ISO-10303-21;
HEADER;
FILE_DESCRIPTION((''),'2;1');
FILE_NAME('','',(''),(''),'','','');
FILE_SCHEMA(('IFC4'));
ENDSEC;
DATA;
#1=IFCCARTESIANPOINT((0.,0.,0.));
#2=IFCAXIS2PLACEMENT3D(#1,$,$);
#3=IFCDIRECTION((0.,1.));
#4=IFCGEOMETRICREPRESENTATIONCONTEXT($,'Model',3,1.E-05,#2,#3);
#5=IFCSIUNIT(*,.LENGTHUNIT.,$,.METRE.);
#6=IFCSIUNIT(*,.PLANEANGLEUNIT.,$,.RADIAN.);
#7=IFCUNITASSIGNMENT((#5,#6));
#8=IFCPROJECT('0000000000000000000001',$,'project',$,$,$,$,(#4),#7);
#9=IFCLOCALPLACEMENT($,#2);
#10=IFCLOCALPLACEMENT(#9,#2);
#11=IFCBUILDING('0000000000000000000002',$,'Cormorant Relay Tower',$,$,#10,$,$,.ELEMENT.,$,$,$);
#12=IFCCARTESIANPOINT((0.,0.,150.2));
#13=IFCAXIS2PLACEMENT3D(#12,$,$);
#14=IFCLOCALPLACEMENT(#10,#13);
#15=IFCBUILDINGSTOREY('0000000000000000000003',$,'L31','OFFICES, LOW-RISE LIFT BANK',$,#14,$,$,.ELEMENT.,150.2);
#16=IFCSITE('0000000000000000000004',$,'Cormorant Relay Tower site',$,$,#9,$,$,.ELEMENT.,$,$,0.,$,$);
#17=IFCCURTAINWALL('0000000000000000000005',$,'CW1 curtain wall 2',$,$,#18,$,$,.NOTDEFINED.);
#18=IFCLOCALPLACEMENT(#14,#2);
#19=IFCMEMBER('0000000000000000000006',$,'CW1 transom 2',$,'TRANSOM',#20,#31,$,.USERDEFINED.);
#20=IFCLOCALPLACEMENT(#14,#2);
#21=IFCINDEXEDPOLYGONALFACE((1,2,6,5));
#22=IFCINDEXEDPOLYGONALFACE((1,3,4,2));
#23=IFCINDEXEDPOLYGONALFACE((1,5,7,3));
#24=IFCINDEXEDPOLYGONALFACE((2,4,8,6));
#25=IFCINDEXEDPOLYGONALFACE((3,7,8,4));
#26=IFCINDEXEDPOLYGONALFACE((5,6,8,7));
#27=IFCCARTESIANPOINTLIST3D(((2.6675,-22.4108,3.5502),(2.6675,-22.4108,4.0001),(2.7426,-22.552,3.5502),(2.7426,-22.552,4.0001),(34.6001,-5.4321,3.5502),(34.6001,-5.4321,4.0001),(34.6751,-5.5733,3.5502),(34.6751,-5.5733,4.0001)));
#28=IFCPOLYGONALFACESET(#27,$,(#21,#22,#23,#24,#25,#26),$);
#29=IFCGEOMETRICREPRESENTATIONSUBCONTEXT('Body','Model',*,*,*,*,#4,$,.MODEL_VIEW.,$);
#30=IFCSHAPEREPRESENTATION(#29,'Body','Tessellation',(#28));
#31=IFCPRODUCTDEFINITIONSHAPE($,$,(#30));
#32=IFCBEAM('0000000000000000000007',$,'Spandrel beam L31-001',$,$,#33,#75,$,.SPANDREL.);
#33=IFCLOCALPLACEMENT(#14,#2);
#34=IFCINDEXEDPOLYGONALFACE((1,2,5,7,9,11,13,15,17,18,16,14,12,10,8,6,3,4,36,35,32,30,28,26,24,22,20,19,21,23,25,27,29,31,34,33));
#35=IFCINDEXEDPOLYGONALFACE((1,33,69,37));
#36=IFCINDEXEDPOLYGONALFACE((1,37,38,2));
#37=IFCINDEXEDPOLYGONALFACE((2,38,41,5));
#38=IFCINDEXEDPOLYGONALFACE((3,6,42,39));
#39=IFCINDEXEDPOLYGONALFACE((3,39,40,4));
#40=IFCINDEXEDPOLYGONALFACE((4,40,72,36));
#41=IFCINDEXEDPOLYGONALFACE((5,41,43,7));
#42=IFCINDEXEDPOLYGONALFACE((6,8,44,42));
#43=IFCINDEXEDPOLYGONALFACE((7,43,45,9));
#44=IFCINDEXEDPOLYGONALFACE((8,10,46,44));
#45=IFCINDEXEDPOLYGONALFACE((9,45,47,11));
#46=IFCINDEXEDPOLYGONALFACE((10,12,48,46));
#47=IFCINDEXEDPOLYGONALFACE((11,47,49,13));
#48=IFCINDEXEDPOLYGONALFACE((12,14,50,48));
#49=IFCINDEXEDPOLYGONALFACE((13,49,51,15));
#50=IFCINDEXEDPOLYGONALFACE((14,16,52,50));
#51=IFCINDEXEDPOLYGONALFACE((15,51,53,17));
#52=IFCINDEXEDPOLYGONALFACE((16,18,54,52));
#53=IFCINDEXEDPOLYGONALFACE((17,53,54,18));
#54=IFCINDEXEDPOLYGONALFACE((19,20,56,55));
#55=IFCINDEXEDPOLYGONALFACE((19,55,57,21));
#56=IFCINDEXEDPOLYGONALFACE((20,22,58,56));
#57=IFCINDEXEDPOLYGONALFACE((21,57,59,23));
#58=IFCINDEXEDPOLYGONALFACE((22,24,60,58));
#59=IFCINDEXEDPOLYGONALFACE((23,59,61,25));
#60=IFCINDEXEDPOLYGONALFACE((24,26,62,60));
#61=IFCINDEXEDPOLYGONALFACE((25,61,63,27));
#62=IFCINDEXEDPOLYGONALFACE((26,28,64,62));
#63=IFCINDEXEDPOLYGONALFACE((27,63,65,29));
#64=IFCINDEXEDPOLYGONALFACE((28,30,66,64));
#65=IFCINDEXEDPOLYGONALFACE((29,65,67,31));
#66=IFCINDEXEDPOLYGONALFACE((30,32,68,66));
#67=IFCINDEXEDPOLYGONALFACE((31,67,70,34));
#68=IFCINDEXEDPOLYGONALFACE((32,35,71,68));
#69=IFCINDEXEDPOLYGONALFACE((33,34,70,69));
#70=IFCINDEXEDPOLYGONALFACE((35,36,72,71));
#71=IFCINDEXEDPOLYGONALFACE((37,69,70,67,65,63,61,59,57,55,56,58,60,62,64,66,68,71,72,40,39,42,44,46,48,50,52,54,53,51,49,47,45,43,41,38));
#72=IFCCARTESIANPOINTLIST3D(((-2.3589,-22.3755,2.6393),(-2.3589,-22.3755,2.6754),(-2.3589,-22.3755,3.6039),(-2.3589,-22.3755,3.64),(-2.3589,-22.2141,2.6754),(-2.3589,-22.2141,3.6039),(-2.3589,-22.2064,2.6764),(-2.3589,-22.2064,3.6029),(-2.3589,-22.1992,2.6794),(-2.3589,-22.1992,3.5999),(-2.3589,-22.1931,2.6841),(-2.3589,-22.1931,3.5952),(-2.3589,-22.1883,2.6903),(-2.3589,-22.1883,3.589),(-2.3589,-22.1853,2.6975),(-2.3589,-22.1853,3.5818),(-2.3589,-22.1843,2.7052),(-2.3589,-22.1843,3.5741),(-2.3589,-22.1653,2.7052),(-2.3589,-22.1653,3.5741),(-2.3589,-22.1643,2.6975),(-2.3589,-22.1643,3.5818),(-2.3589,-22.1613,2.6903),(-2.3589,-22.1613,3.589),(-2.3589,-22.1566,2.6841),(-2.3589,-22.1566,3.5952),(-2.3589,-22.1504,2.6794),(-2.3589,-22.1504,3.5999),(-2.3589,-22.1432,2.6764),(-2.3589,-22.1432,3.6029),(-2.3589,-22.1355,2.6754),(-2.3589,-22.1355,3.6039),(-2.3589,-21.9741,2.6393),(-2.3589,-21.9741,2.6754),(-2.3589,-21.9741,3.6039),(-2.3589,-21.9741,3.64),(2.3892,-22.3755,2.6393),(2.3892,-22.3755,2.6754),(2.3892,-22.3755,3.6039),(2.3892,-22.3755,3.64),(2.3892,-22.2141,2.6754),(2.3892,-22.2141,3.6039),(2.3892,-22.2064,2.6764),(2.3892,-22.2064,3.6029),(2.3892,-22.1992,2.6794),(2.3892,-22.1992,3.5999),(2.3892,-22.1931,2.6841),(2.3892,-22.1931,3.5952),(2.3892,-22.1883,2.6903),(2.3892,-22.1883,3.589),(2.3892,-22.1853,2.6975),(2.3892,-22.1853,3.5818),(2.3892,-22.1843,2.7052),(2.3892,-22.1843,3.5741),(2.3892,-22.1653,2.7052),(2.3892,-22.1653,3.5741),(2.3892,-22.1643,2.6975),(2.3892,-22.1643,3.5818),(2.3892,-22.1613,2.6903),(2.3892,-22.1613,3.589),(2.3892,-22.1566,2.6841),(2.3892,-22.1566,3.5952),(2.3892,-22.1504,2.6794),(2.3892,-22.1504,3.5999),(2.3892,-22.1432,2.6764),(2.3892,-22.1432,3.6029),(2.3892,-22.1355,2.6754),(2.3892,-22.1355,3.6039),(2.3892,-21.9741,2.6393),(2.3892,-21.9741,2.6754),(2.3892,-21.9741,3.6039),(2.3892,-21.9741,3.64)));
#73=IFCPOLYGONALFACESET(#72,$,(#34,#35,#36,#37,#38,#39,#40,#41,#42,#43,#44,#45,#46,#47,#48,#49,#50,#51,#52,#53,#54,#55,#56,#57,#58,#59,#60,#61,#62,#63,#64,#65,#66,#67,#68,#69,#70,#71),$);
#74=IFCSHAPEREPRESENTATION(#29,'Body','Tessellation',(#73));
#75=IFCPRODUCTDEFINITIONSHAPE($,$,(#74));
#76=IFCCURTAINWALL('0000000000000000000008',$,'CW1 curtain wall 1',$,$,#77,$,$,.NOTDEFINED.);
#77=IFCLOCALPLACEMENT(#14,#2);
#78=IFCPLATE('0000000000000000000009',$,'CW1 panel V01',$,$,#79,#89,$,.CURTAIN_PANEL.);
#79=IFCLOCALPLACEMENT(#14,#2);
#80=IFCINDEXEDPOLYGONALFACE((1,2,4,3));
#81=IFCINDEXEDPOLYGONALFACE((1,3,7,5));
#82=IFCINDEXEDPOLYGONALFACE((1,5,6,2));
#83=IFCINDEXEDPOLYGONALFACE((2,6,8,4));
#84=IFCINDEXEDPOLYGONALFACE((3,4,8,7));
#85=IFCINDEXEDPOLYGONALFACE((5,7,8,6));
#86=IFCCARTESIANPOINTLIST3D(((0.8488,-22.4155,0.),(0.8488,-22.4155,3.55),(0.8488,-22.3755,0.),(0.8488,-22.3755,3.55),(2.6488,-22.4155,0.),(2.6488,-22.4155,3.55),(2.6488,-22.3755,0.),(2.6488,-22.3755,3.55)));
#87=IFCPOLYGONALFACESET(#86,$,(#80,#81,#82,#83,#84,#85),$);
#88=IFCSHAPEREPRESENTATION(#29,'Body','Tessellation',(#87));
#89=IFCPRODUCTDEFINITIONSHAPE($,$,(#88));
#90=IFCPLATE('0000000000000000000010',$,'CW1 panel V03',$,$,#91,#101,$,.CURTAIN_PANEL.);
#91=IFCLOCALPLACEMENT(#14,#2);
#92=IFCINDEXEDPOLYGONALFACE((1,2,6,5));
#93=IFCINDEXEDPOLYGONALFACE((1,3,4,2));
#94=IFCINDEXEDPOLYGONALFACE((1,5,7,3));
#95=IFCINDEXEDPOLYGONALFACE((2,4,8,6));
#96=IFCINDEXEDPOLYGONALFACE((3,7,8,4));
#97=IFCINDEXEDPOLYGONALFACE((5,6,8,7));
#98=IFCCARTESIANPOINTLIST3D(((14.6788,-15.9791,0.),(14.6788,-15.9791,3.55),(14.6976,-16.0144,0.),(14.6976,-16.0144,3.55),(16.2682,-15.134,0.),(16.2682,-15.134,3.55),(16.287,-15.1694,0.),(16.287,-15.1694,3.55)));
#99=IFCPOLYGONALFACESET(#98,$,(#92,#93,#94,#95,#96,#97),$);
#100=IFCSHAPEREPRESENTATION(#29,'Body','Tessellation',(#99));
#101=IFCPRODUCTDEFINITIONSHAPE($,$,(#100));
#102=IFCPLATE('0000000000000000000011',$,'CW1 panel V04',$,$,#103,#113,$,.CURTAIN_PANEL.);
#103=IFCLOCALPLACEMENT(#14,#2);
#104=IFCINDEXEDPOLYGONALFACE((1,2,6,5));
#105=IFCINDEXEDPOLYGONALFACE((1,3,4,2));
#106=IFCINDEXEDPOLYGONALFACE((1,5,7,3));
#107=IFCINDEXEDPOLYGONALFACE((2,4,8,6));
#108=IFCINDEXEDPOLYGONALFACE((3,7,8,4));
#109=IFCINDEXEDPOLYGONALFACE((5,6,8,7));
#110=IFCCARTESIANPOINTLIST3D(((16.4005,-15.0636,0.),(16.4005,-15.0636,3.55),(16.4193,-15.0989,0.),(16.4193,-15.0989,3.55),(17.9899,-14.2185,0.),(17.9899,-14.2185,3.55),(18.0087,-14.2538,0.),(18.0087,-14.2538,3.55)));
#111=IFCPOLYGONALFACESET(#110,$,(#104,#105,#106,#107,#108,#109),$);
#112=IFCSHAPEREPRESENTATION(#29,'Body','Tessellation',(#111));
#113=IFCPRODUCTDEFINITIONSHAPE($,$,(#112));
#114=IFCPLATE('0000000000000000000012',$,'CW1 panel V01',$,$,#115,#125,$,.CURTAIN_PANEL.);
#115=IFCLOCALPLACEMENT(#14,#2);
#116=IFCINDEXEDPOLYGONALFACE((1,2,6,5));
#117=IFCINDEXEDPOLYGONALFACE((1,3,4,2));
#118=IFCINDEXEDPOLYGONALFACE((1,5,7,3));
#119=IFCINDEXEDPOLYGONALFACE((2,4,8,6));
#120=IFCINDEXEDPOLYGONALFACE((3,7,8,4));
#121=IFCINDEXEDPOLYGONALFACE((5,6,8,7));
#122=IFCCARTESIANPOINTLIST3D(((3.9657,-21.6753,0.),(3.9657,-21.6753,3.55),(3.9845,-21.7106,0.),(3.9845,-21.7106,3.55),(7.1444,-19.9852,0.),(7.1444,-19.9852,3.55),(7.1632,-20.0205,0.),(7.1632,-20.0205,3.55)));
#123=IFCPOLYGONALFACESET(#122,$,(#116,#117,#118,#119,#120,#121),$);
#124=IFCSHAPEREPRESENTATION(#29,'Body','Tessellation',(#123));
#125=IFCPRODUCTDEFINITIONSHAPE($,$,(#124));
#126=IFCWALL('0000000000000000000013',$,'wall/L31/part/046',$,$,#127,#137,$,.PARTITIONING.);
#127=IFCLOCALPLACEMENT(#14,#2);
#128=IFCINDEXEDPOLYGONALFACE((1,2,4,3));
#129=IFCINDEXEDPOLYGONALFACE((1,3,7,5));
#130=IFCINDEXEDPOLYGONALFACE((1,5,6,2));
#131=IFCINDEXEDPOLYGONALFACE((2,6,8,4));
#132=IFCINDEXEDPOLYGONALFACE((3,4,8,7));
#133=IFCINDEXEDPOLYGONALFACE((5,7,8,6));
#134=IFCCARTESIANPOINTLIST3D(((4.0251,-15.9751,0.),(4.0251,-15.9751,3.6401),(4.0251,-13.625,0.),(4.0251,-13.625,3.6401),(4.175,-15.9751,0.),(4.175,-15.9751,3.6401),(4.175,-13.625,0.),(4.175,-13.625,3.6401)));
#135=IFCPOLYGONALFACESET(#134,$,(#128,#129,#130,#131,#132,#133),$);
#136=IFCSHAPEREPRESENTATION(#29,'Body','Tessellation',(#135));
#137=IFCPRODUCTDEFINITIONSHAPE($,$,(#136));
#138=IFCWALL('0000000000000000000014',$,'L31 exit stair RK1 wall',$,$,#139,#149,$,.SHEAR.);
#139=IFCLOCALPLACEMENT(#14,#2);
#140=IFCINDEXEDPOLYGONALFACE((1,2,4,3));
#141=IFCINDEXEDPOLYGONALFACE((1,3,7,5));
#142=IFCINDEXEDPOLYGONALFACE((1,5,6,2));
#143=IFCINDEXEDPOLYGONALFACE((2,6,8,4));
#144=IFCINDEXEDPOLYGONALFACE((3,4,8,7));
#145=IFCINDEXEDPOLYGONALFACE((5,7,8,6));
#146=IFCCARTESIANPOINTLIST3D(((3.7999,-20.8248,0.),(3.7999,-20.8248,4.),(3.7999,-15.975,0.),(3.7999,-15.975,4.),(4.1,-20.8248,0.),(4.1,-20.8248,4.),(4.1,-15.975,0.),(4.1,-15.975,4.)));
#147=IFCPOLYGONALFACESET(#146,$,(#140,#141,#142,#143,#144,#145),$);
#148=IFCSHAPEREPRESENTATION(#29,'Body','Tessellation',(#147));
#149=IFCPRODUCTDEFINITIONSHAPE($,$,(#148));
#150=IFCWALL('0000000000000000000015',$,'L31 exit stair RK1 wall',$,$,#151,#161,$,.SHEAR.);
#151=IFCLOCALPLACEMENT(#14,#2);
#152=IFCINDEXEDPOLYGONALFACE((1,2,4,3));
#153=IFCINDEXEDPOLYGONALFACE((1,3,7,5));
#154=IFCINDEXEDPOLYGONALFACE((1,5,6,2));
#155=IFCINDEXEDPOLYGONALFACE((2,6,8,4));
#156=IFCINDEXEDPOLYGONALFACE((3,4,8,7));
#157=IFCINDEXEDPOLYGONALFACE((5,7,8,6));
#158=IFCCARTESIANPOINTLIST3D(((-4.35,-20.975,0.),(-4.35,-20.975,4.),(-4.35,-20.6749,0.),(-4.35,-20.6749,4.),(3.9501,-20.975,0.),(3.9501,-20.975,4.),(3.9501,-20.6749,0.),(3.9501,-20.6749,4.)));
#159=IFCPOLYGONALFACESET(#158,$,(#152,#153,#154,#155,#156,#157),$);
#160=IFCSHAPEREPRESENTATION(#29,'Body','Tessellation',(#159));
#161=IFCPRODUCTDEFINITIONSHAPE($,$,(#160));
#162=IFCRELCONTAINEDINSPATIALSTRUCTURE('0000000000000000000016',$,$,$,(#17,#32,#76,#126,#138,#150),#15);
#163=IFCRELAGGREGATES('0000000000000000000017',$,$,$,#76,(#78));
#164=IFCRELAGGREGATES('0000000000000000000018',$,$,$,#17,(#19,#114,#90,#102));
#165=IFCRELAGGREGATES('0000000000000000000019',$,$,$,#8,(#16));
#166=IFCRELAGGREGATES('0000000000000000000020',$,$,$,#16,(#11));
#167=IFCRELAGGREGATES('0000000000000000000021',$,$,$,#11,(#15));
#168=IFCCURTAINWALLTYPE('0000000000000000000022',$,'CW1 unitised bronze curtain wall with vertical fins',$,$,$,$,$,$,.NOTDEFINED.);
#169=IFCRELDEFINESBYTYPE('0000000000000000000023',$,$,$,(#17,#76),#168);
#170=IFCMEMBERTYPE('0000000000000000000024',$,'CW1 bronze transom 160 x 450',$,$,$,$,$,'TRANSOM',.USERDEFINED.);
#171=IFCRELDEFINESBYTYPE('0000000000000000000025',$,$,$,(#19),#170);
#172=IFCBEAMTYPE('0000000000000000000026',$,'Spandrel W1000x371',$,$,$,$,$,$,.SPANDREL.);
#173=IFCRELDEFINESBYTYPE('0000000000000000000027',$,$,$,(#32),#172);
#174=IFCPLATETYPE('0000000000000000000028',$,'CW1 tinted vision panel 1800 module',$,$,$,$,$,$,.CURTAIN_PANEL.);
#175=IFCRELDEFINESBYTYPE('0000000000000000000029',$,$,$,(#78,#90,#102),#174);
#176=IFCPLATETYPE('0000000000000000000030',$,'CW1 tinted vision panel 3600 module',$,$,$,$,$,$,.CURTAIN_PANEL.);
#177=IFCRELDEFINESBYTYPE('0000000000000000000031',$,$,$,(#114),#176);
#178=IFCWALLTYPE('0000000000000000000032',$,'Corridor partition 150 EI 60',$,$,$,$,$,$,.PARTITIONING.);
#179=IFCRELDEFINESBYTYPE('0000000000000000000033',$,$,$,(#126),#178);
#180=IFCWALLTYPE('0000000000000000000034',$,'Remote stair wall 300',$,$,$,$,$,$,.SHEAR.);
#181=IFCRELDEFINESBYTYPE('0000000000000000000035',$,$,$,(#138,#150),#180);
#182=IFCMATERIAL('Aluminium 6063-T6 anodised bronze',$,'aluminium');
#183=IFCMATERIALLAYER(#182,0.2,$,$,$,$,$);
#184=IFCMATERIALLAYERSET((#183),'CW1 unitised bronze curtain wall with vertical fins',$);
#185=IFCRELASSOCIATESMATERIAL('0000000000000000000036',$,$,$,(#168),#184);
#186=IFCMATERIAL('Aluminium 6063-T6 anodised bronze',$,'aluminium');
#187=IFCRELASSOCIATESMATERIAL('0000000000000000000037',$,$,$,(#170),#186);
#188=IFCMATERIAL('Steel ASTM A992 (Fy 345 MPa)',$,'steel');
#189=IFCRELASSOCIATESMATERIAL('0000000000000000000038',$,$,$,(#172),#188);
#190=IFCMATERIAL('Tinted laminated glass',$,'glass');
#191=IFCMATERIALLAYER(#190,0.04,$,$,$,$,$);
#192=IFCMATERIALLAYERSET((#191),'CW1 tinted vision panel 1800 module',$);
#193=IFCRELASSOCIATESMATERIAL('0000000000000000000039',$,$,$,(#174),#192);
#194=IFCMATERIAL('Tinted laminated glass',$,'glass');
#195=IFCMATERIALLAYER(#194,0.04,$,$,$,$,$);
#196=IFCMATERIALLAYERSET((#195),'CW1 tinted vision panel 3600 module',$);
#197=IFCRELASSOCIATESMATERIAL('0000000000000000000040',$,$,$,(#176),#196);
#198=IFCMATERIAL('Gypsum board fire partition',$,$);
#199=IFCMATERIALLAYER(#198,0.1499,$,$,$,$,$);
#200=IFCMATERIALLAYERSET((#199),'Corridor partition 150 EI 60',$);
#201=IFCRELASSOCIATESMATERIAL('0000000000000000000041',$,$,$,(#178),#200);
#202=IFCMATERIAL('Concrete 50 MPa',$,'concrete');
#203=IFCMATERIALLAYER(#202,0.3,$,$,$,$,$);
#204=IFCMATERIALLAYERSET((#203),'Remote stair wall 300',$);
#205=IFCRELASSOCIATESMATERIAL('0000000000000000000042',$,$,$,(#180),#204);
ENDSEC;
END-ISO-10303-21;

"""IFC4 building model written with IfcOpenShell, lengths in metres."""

from ifc_helpers import new_model, si_unit, direction, frame, frame_2d, origin, origin_2d, place, context, subcontext, project, spatial, rectangle, i_section, extrude, material, layer, layer_set, material_profile, profile_set, type_object, element, aggregate, save


model = new_model("IFC4")

# Units and contexts
model_context = context("Model", 3, precision=1e-05, world=origin(), true_north=direction((0.0, 1.0)))
body_context = subcontext(model_context, "Body", "Model", "MODEL_VIEW")
ifc_project = project(units=[si_unit("LENGTHUNIT", "METRE"), si_unit("PLANEANGLEUNIT", "RADIAN")], contexts=[model_context])

# Site, building, storey
site_placement = place(None, origin())
site = spatial("IfcSite", under=ifc_project, at=site_placement, Name="Cormorant Relay Tower site", CompositionType="ELEMENT", RefElevation=0.0)
building_placement = place(site_placement, origin())
building = spatial("IfcBuilding", under=site, at=building_placement, Name="Cormorant Relay Tower", CompositionType="ELEMENT")
storey_placement = place(building_placement, frame((0.0, 0.0, 150.2)))
storey = spatial("IfcBuildingStorey", under=building, at=storey_placement, Name="L31", Description="OFFICES, LOW-RISE LIFT BANK", CompositionType="ELEMENT", Elevation=150.2)

# Curtain wall, member
ifc_material_1 = material(Name="Aluminium 6063-T6 anodised bronze", Category="aluminium")
ifc_layer_1 = layer(ifc_material_1, 0.2)
ifc_layer_set_1 = layer_set([ifc_layer_1], Name="CW1 unitised bronze curtain wall with vertical fins")
curtain_wall_type = type_object("IfcCurtainWallType", Name="CW1 unitised bronze curtain wall with vertical fins", PredefinedType="NOTDEFINED", material=ifc_layer_set_1)
curtain_wall_1_placement = place(storey_placement, origin())
curtain_wall_1 = element("IfcCurtainWall", 1, at=curtain_wall_1_placement, inside=storey, type_object=curtain_wall_type, Name="CW1 curtain wall 2", PredefinedType="NOTDEFINED")
ifc_material_2 = material(Name="Aluminium 6063-T6 anodised bronze", Category="aluminium")
ifc_material_profile_1 = material_profile(ifc_material_2, rectangle(XDim=0.1599, YDim=0.45, at=origin_2d()), Name="AL 160x450")
ifc_profile_set_1 = profile_set([ifc_material_profile_1], Name="Aluminium 6063-T6 anodised bronze")
member_type_1 = type_object("IfcMemberType", Name="CW1 bronze transom 160 x 450", ElementType="TRANSOM", PredefinedType="USERDEFINED", material=ifc_profile_set_1)
member_1_placement = place(storey_placement, frame((2.7051, -22.4814, 3.7751), z_axis=(0.882949, 0.469469, 0.0), x_axis=(-0.469469, 0.882949, 0.0)))
member_1 = element("IfcMember", 2, at=member_1_placement, type_object=member_type_1, Name="CW1 transom 2", ObjectType="TRANSOM", PredefinedType="USERDEFINED", context=body_context, shape_type="SweptSolid", body=[
    extrude(rectangle(XDim=0.1599, YDim=0.45, at=origin_2d()), origin(), (0.0, 0.0, 1.0), 36.1658),
])

# Beam
ifc_material_3 = material(Name="Steel ASTM A992 (Fy 345 MPa)", Category="steel")
ifc_material_profile_2 = material_profile(ifc_material_3, i_section(OverallWidth=0.4014, OverallDepth=1.0007, WebThickness=0.019, FlangeThickness=0.0361, FilletRadius=0.0298, at=origin_2d()), Name="W1000x371")
ifc_profile_set_2 = profile_set([ifc_material_profile_2], Name="Steel ASTM A992 (Fy 345 MPa)")
beam_type = type_object("IfcBeamType", Name="Spandrel W1000x371", PredefinedType="SPANDREL", material=ifc_profile_set_2)
beam_placement = place(storey_placement, frame((-2.3589, -22.1748, 3.1396), z_axis=(1.0, 0.0, 0.0), x_axis=(0.0, 1.0, 0.0)))
element("IfcBeam", 3, at=beam_placement, inside=storey, type_object=beam_type, Name="Spandrel beam L31-001", PredefinedType="SPANDREL", context=body_context, shape_type="SweptSolid", body=[
    extrude(i_section(OverallWidth=0.4014, OverallDepth=1.0007, WebThickness=0.019, FlangeThickness=0.0361, FilletRadius=0.0298, at=origin_2d()), origin(), (0.0, 0.0, 1.0), 4.748),
])

# Curtain wall, plate
curtain_wall_2_placement = place(storey_placement, origin())
curtain_wall_2 = element("IfcCurtainWall", 4, at=curtain_wall_2_placement, inside=storey, type_object=curtain_wall_type, Name="CW1 curtain wall 1", PredefinedType="NOTDEFINED")
ifc_material_4 = material(Name="Tinted laminated glass", Category="glass")
ifc_layer_2 = layer(ifc_material_4, 0.04)
ifc_layer_set_2 = layer_set([ifc_layer_2], Name="CW1 tinted vision panel 1800 module")
plate_type_1 = type_object("IfcPlateType", Name="CW1 tinted vision panel 1800 module", PredefinedType="CURTAIN_PANEL", material=ifc_layer_set_2)
plate_1_placement = place(storey_placement, frame((1.7488, -22.3955, 0.0), z_axis=(0.0, 0.0, 1.0), x_axis=(1.0, 0.0, 0.0)))
plate_1 = element("IfcPlate", 5, at=plate_1_placement, type_object=plate_type_1, Name="CW1 panel V01", PredefinedType="CURTAIN_PANEL", context=body_context, shape_type="SweptSolid", body=[
    extrude(rectangle(XDim=1.8, YDim=0.04, at=origin_2d()), origin(), (0.0, 0.0, 1.0), 3.55),
])

# Plates
plate_2_placement = place(storey_placement, frame((15.4829, -15.5742, 0.0), z_axis=(0.0, 0.0, 1.0), x_axis=(0.882948, 0.469472, 0.0)))
plate_2 = element("IfcPlate", 6, at=plate_2_placement, type_object=plate_type_1, Name="CW1 panel V03", PredefinedType="CURTAIN_PANEL", context=body_context, shape_type="SweptSolid", body=[
    extrude(rectangle(XDim=1.8, YDim=0.04, at=origin_2d()), origin(), (0.0, 0.0, 1.0), 3.55),
])
plate_3_placement = place(storey_placement, frame((17.2046, -14.6587, 0.0), z_axis=(0.0, 0.0, 1.0), x_axis=(0.882948, 0.469472, 0.0)))
plate_3 = element("IfcPlate", 7, at=plate_3_placement, type_object=plate_type_1, Name="CW1 panel V04", PredefinedType="CURTAIN_PANEL", context=body_context, shape_type="SweptSolid", body=[
    extrude(rectangle(XDim=1.8, YDim=0.04, at=origin_2d()), origin(), (0.0, 0.0, 1.0), 3.55),
])
ifc_material_5 = material(Name="Tinted laminated glass", Category="glass")
ifc_layer_3 = layer(ifc_material_5, 0.04)
ifc_layer_set_3 = layer_set([ifc_layer_3], Name="CW1 tinted vision panel 3600 module")
plate_type_2 = type_object("IfcPlateType", Name="CW1 tinted vision panel 3600 module", PredefinedType="CURTAIN_PANEL", material=ifc_layer_set_3)
plate_4_placement = place(storey_placement, frame((5.5645, -20.8479, 0.0), z_axis=(0.0, 0.0, 1.0), x_axis=(0.882948, 0.469472, 0.0)))
plate_4 = element("IfcPlate", 8, at=plate_4_placement, type_object=plate_type_2, Name="CW1 panel V01", PredefinedType="CURTAIN_PANEL", context=body_context, shape_type="SweptSolid", body=[
    extrude(rectangle(XDim=3.6001, YDim=0.04, at=origin_2d()), origin(), (0.0, 0.0, 1.0), 3.55),
])

# Walls
ifc_material_6 = material(Name="Gypsum board fire partition")
ifc_layer_4 = layer(ifc_material_6, 0.1499)
ifc_layer_set_4 = layer_set([ifc_layer_4], Name="Corridor partition 150 EI 60")
wall_type_1 = type_object("IfcWallType", Name="Corridor partition 150 EI 60", PredefinedType="PARTITIONING", material=ifc_layer_set_4)
wall_1_placement = place(storey_placement, frame((4.1001, -15.9751, 0.0), z_axis=(0.0, 0.0, 1.0), x_axis=(0.0, 1.0, 0.0)))
element("IfcWall", 9, at=wall_1_placement, inside=storey, type_object=wall_type_1, Name="wall/L31/part/046", PredefinedType="PARTITIONING", context=body_context, shape_type="SweptSolid", body=[
    extrude(rectangle(XDim=2.3501, YDim=0.1499, at=frame_2d((1.175, 0.0))), origin(), (0.0, 0.0, 1.0), 3.6401),
])
ifc_material_7 = material(Name="Concrete 50 MPa", Category="concrete")
ifc_layer_5 = layer(ifc_material_7, 0.3)
ifc_layer_set_5 = layer_set([ifc_layer_5], Name="Remote stair wall 300")
wall_type_2 = type_object("IfcWallType", Name="Remote stair wall 300", PredefinedType="SHEAR", material=ifc_layer_set_5)
wall_2_placement = place(storey_placement, frame((3.95, -15.9751, 0.0), z_axis=(0.0, 0.0, 1.0), x_axis=(0.0, -1.0, 0.0)))
element("IfcWall", 10, at=wall_2_placement, inside=storey, type_object=wall_type_2, Name="L31 exit stair RK1 wall", PredefinedType="SHEAR", context=body_context, shape_type="SweptSolid", body=[
    extrude(rectangle(XDim=4.8499, YDim=0.3, at=frame_2d((2.4248, 0.0))), origin(), (0.0, 0.0, 1.0), 4.0),
])
wall_3_placement = place(storey_placement, frame((3.95, -20.825, 0.0), z_axis=(0.0, 0.0, 1.0), x_axis=(-1.0, 0.0, 0.0)))
element("IfcWall", 11, at=wall_3_placement, inside=storey, type_object=wall_type_2, Name="L31 exit stair RK1 wall", PredefinedType="SHEAR", context=body_context, shape_type="SweptSolid", body=[
    extrude(rectangle(XDim=8.3, YDim=0.3, at=frame_2d((4.1499, 0.0))), origin(), (0.0, 0.0, 1.0), 4.0),
])

aggregate(curtain_wall_2, [plate_1])
aggregate(curtain_wall_1, [member_1, plate_4, plate_2, plate_3])

save(model, "model.ifc")
